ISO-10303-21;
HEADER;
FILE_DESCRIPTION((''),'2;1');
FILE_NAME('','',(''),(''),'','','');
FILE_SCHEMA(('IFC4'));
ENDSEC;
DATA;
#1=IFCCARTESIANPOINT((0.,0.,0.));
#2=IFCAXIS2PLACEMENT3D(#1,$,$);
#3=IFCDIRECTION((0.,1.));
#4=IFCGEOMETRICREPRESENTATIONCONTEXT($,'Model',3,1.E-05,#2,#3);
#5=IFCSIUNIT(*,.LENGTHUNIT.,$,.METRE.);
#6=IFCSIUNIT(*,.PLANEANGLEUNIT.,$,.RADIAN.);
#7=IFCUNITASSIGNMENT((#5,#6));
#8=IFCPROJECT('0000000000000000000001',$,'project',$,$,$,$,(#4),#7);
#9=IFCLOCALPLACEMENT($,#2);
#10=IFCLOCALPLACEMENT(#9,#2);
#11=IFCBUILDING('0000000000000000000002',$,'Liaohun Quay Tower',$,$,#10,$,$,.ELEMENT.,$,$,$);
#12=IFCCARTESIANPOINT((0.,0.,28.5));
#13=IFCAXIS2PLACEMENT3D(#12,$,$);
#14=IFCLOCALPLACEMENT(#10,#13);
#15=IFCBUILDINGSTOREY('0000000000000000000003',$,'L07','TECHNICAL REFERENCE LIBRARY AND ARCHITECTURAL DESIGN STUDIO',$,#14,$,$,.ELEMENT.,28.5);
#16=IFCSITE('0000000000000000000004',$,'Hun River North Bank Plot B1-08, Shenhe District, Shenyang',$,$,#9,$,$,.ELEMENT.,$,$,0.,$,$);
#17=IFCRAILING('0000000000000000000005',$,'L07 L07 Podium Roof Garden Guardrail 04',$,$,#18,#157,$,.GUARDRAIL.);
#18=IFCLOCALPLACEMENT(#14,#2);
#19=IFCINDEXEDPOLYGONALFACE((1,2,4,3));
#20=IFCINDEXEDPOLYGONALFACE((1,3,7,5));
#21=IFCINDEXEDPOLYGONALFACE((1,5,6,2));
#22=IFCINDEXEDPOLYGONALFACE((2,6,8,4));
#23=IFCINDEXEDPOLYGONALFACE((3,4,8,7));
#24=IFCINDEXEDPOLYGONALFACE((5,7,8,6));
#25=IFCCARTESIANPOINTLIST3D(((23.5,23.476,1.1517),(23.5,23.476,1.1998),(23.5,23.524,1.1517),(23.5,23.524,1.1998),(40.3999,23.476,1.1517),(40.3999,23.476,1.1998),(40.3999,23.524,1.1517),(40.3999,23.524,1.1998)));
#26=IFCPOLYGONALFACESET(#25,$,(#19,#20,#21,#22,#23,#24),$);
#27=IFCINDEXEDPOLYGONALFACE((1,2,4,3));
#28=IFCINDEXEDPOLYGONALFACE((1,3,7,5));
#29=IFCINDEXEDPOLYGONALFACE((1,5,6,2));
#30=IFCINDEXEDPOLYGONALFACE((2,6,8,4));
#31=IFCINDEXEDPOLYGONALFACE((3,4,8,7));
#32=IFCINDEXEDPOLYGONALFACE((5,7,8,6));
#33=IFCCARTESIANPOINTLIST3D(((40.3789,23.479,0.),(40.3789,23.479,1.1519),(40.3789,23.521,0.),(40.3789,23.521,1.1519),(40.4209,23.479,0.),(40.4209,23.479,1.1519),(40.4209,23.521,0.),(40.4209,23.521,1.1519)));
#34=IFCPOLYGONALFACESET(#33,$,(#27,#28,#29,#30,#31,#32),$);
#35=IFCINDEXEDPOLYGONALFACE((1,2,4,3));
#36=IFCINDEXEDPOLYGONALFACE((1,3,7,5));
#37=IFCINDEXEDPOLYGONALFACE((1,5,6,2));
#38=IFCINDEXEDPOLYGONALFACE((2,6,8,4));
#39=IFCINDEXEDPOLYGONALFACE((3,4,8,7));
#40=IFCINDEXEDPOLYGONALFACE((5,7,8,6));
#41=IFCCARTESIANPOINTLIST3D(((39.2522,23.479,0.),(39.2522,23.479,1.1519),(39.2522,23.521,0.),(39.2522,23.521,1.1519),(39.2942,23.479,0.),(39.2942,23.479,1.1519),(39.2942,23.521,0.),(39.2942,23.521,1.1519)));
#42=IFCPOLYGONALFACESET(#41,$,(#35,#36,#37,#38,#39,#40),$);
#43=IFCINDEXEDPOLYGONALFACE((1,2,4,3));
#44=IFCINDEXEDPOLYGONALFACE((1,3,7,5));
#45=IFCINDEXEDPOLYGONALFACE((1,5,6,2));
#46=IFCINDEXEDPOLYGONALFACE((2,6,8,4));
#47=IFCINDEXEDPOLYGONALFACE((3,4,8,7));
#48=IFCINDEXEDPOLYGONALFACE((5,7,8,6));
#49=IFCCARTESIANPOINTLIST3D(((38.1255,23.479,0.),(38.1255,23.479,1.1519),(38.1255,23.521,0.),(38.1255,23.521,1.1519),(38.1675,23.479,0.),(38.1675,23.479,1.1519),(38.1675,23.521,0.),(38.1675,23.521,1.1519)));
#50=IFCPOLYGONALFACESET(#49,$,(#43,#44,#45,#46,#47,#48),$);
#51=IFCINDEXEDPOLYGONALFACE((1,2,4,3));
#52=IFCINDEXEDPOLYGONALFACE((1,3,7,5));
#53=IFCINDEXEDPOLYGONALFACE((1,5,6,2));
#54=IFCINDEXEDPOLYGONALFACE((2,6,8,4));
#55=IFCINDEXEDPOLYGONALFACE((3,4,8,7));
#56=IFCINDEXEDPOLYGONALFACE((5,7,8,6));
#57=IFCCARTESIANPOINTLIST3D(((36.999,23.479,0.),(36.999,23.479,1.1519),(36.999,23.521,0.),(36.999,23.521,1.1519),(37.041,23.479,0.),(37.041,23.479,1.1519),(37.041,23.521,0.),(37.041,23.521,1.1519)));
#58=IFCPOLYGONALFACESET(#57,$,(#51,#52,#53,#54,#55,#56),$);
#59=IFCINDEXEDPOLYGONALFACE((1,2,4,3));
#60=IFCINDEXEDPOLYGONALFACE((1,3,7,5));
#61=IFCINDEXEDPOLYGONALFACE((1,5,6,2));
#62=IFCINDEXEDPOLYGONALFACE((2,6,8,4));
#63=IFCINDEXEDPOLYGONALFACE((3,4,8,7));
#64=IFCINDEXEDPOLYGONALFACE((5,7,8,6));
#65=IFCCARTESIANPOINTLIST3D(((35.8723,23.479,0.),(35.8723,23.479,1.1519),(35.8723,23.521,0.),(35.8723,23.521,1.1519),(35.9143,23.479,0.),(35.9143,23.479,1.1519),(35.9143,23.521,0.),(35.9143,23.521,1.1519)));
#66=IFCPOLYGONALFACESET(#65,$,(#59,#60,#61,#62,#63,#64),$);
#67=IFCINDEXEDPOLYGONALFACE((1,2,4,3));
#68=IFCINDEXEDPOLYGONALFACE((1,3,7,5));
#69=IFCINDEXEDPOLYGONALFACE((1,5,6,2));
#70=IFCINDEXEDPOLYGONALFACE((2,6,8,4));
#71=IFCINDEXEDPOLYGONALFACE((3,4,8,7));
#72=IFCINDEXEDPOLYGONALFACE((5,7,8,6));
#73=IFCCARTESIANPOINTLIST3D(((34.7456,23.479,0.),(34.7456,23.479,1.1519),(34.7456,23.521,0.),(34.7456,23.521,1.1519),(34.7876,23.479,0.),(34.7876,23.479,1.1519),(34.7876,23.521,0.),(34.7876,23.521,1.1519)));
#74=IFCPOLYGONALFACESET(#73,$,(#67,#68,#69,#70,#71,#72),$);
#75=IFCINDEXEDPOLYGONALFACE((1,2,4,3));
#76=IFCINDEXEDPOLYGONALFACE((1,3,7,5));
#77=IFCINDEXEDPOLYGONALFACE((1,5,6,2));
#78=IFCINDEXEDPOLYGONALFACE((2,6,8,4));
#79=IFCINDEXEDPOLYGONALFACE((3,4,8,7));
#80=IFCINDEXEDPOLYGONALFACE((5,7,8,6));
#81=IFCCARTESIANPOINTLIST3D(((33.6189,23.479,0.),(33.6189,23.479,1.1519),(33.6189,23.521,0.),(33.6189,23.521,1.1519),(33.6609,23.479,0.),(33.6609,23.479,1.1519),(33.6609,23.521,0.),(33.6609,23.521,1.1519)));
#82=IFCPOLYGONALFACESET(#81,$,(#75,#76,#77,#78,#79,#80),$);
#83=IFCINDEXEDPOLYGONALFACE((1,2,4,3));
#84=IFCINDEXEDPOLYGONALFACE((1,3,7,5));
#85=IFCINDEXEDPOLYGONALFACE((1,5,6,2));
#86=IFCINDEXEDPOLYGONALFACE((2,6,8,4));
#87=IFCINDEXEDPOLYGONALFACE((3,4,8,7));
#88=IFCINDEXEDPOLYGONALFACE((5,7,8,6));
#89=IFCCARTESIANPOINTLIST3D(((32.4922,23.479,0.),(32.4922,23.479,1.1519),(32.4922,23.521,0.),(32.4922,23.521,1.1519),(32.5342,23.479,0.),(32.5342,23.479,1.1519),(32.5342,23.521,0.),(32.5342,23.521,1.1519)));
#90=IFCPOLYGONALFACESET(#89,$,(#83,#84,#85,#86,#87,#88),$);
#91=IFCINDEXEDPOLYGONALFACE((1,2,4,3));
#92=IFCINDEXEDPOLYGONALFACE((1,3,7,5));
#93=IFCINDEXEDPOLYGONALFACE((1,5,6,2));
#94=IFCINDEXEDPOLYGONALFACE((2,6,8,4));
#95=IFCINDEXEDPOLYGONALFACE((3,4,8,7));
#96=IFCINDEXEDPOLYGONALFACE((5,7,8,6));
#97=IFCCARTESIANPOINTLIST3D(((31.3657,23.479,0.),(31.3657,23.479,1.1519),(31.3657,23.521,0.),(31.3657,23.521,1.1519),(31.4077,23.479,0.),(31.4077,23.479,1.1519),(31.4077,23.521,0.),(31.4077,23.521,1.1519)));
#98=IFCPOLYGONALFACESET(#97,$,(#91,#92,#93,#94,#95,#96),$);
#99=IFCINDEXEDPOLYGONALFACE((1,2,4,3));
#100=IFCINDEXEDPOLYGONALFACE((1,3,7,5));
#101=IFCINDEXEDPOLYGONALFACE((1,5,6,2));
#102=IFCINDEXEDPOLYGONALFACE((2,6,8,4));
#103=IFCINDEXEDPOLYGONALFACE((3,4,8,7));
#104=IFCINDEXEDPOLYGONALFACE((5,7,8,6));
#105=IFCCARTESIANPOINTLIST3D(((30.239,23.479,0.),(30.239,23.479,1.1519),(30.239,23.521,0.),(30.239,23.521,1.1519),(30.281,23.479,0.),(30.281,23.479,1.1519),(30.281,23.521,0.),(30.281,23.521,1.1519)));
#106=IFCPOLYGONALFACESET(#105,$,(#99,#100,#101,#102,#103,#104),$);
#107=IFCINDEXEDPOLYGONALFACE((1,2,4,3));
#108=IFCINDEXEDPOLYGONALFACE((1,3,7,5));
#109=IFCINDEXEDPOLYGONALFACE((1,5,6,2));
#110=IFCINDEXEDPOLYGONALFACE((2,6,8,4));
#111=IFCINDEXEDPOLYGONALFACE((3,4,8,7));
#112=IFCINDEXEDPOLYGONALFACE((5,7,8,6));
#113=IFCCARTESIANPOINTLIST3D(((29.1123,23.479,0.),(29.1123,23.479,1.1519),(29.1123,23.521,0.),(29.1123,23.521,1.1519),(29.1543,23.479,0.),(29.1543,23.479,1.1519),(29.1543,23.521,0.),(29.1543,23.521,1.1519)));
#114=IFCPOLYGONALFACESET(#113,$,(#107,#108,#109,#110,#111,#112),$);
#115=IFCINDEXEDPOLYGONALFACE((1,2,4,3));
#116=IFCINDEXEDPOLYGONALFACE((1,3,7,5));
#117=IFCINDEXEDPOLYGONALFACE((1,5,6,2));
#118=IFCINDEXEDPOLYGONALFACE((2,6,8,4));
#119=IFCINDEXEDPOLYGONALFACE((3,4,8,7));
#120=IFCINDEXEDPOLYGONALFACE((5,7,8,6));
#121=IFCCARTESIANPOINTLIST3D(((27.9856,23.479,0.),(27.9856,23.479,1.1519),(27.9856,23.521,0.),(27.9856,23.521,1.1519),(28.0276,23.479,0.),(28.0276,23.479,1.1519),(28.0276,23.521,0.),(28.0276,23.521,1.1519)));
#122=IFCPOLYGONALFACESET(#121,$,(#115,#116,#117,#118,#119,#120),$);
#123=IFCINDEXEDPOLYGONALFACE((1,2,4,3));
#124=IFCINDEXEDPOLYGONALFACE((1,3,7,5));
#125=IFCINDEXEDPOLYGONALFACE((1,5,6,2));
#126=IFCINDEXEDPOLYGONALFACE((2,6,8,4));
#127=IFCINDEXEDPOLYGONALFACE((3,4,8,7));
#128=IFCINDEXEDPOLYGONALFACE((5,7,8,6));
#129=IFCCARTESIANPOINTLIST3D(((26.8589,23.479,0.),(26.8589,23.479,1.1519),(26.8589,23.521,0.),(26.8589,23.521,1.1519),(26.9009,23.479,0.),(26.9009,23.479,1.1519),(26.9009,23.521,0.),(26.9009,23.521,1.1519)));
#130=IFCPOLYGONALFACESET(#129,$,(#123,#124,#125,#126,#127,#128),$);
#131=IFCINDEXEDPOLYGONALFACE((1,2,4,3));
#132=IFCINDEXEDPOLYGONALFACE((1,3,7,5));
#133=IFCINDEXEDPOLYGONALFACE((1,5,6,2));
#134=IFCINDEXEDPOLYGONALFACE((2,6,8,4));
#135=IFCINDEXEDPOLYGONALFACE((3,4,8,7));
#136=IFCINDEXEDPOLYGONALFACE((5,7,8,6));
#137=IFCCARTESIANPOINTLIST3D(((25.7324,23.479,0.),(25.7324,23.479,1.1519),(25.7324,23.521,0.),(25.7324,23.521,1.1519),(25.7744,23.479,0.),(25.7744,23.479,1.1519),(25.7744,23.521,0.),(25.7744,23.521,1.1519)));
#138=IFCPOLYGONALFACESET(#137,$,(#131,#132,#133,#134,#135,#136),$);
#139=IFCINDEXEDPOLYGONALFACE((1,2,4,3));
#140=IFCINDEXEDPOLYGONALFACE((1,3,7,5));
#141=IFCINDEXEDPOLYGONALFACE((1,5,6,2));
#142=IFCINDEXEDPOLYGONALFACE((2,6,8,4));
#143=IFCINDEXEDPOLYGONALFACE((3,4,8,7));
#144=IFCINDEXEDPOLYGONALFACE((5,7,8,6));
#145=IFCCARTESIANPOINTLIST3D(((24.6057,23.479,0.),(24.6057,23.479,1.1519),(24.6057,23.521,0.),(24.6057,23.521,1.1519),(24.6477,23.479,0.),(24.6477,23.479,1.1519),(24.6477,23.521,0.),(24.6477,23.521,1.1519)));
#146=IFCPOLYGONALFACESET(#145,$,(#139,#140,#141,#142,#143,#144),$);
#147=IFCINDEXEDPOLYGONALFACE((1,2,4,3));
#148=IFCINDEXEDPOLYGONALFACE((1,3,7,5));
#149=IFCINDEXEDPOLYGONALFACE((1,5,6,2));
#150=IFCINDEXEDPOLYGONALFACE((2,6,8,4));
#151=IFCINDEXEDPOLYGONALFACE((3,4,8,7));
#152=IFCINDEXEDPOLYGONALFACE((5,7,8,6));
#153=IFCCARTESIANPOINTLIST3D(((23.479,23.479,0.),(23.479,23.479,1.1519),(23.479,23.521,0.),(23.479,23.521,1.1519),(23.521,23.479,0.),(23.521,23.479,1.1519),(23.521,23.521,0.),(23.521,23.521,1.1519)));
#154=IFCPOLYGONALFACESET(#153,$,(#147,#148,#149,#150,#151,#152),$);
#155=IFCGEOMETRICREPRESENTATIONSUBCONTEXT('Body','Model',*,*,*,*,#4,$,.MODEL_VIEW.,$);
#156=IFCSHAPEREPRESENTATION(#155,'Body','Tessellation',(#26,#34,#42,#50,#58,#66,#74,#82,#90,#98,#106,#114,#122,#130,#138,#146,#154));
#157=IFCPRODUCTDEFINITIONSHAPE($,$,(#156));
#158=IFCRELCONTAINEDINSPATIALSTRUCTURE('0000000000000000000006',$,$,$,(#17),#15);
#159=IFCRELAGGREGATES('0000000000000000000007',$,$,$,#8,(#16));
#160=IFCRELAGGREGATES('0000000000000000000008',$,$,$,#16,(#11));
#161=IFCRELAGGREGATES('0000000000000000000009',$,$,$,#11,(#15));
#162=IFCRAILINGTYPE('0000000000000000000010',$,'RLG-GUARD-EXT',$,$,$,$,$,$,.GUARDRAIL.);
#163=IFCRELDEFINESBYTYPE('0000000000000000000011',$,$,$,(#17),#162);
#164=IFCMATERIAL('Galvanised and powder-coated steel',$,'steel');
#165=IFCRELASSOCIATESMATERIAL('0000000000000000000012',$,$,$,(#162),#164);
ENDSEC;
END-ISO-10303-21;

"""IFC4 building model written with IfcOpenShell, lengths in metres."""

from ifc_helpers import new_model, si_unit, direction, frame, origin, origin_2d, place, context, subcontext, project, spatial, rectangle, extrude, material, type_object, element, save


model = new_model("IFC4")

# Units and contexts
model_context = context("Model", 3, precision=1e-05, world=origin(), true_north=direction((0.0, 1.0)))
body_context = subcontext(model_context, "Body", "Model", "MODEL_VIEW")
ifc_project = project(units=[si_unit("LENGTHUNIT", "METRE"), si_unit("PLANEANGLEUNIT", "RADIAN")], contexts=[model_context])

# Site, building, storey
site_placement = place(None, origin())
site = spatial("IfcSite", under=ifc_project, at=site_placement, Name="Hun River North Bank Plot B1-08, Shenhe District, Shenyang", CompositionType="ELEMENT", RefElevation=0.0)
building_placement = place(site_placement, origin())
building = spatial("IfcBuilding", under=site, at=building_placement, Name="Liaohun Quay Tower", CompositionType="ELEMENT")
storey_placement = place(building_placement, frame((0.0, 0.0, 28.5)))
storey = spatial("IfcBuildingStorey", under=building, at=storey_placement, Name="L07", Description="TECHNICAL REFERENCE LIBRARY AND ARCHITECTURAL DESIGN STUDIO", CompositionType="ELEMENT", Elevation=28.5)

# Railing
ifc_material_1 = material(Name="Galvanised and powder-coated steel", Category="steel")
railing_type = type_object("IfcRailingType", Name="RLG-GUARD-EXT", PredefinedType="GUARDRAIL", material=ifc_material_1)
railing_1_placement = place(storey_placement, frame((40.3999, 23.5, 0.0)))
element("IfcRailing", 1, at=railing_1_placement, inside=storey, type_object=railing_type, Name="L07 L07 Podium Roof Garden Guardrail 04", PredefinedType="GUARDRAIL", context=body_context, shape_type="SweptSolid", body=[
    extrude(rectangle(XDim=0.0481, YDim=0.0481, at=origin_2d()), frame((0.0, 0.0, 1.1758), z_axis=(-1.0, 0.0, 0.0), x_axis=(0.0, -1.0, 0.0)), (0.0, 0.0, 1.0), 16.8999),
    extrude(rectangle(XDim=0.042, YDim=0.042, at=origin_2d()), origin(), (0.0, 0.0, 1.0), 1.1519),
    extrude(rectangle(XDim=0.042, YDim=0.042, at=origin_2d()), frame((-1.1267, 0.0, 0.0)), (0.0, 0.0, 1.0), 1.1519),
    extrude(rectangle(XDim=0.042, YDim=0.042, at=origin_2d()), frame((-2.2534, 0.0, 0.0)), (0.0, 0.0, 1.0), 1.1519),
    extrude(rectangle(XDim=0.042, YDim=0.042, at=origin_2d()), frame((-3.3799, 0.0, 0.0)), (0.0, 0.0, 1.0), 1.1519),
    extrude(rectangle(XDim=0.042, YDim=0.042, at=origin_2d()), frame((-4.5066, 0.0, 0.0)), (0.0, 0.0, 1.0), 1.1519),
    extrude(rectangle(XDim=0.042, YDim=0.042, at=origin_2d()), frame((-5.6333, 0.0, 0.0)), (0.0, 0.0, 1.0), 1.1519),
    extrude(rectangle(XDim=0.042, YDim=0.042, at=origin_2d()), frame((-6.76, 0.0, 0.0)), (0.0, 0.0, 1.0), 1.1519),
    extrude(rectangle(XDim=0.042, YDim=0.042, at=origin_2d()), frame((-7.8867, 0.0, 0.0)), (0.0, 0.0, 1.0), 1.1519),
    extrude(rectangle(XDim=0.042, YDim=0.042, at=origin_2d()), frame((-9.0132, 0.0, 0.0)), (0.0, 0.0, 1.0), 1.1519),
    extrude(rectangle(XDim=0.042, YDim=0.042, at=origin_2d()), frame((-10.1399, 0.0, 0.0)), (0.0, 0.0, 1.0), 1.1519),
    extrude(rectangle(XDim=0.042, YDim=0.042, at=origin_2d()), frame((-11.2666, 0.0, 0.0)), (0.0, 0.0, 1.0), 1.1519),
    extrude(rectangle(XDim=0.042, YDim=0.042, at=origin_2d()), frame((-12.3933, 0.0, 0.0)), (0.0, 0.0, 1.0), 1.1519),
    extrude(rectangle(XDim=0.042, YDim=0.042, at=origin_2d()), frame((-13.52, 0.0, 0.0)), (0.0, 0.0, 1.0), 1.1519),
    extrude(rectangle(XDim=0.042, YDim=0.042, at=origin_2d()), frame((-14.6465, 0.0, 0.0)), (0.0, 0.0, 1.0), 1.1519),
    extrude(rectangle(XDim=0.042, YDim=0.042, at=origin_2d()), frame((-15.7732, 0.0, 0.0)), (0.0, 0.0, 1.0), 1.1519),
    extrude(rectangle(XDim=0.042, YDim=0.042, at=origin_2d()), frame((-16.8999, 0.0, 0.0)), (0.0, 0.0, 1.0), 1.1519),
])

save(model, "model.ifc")
